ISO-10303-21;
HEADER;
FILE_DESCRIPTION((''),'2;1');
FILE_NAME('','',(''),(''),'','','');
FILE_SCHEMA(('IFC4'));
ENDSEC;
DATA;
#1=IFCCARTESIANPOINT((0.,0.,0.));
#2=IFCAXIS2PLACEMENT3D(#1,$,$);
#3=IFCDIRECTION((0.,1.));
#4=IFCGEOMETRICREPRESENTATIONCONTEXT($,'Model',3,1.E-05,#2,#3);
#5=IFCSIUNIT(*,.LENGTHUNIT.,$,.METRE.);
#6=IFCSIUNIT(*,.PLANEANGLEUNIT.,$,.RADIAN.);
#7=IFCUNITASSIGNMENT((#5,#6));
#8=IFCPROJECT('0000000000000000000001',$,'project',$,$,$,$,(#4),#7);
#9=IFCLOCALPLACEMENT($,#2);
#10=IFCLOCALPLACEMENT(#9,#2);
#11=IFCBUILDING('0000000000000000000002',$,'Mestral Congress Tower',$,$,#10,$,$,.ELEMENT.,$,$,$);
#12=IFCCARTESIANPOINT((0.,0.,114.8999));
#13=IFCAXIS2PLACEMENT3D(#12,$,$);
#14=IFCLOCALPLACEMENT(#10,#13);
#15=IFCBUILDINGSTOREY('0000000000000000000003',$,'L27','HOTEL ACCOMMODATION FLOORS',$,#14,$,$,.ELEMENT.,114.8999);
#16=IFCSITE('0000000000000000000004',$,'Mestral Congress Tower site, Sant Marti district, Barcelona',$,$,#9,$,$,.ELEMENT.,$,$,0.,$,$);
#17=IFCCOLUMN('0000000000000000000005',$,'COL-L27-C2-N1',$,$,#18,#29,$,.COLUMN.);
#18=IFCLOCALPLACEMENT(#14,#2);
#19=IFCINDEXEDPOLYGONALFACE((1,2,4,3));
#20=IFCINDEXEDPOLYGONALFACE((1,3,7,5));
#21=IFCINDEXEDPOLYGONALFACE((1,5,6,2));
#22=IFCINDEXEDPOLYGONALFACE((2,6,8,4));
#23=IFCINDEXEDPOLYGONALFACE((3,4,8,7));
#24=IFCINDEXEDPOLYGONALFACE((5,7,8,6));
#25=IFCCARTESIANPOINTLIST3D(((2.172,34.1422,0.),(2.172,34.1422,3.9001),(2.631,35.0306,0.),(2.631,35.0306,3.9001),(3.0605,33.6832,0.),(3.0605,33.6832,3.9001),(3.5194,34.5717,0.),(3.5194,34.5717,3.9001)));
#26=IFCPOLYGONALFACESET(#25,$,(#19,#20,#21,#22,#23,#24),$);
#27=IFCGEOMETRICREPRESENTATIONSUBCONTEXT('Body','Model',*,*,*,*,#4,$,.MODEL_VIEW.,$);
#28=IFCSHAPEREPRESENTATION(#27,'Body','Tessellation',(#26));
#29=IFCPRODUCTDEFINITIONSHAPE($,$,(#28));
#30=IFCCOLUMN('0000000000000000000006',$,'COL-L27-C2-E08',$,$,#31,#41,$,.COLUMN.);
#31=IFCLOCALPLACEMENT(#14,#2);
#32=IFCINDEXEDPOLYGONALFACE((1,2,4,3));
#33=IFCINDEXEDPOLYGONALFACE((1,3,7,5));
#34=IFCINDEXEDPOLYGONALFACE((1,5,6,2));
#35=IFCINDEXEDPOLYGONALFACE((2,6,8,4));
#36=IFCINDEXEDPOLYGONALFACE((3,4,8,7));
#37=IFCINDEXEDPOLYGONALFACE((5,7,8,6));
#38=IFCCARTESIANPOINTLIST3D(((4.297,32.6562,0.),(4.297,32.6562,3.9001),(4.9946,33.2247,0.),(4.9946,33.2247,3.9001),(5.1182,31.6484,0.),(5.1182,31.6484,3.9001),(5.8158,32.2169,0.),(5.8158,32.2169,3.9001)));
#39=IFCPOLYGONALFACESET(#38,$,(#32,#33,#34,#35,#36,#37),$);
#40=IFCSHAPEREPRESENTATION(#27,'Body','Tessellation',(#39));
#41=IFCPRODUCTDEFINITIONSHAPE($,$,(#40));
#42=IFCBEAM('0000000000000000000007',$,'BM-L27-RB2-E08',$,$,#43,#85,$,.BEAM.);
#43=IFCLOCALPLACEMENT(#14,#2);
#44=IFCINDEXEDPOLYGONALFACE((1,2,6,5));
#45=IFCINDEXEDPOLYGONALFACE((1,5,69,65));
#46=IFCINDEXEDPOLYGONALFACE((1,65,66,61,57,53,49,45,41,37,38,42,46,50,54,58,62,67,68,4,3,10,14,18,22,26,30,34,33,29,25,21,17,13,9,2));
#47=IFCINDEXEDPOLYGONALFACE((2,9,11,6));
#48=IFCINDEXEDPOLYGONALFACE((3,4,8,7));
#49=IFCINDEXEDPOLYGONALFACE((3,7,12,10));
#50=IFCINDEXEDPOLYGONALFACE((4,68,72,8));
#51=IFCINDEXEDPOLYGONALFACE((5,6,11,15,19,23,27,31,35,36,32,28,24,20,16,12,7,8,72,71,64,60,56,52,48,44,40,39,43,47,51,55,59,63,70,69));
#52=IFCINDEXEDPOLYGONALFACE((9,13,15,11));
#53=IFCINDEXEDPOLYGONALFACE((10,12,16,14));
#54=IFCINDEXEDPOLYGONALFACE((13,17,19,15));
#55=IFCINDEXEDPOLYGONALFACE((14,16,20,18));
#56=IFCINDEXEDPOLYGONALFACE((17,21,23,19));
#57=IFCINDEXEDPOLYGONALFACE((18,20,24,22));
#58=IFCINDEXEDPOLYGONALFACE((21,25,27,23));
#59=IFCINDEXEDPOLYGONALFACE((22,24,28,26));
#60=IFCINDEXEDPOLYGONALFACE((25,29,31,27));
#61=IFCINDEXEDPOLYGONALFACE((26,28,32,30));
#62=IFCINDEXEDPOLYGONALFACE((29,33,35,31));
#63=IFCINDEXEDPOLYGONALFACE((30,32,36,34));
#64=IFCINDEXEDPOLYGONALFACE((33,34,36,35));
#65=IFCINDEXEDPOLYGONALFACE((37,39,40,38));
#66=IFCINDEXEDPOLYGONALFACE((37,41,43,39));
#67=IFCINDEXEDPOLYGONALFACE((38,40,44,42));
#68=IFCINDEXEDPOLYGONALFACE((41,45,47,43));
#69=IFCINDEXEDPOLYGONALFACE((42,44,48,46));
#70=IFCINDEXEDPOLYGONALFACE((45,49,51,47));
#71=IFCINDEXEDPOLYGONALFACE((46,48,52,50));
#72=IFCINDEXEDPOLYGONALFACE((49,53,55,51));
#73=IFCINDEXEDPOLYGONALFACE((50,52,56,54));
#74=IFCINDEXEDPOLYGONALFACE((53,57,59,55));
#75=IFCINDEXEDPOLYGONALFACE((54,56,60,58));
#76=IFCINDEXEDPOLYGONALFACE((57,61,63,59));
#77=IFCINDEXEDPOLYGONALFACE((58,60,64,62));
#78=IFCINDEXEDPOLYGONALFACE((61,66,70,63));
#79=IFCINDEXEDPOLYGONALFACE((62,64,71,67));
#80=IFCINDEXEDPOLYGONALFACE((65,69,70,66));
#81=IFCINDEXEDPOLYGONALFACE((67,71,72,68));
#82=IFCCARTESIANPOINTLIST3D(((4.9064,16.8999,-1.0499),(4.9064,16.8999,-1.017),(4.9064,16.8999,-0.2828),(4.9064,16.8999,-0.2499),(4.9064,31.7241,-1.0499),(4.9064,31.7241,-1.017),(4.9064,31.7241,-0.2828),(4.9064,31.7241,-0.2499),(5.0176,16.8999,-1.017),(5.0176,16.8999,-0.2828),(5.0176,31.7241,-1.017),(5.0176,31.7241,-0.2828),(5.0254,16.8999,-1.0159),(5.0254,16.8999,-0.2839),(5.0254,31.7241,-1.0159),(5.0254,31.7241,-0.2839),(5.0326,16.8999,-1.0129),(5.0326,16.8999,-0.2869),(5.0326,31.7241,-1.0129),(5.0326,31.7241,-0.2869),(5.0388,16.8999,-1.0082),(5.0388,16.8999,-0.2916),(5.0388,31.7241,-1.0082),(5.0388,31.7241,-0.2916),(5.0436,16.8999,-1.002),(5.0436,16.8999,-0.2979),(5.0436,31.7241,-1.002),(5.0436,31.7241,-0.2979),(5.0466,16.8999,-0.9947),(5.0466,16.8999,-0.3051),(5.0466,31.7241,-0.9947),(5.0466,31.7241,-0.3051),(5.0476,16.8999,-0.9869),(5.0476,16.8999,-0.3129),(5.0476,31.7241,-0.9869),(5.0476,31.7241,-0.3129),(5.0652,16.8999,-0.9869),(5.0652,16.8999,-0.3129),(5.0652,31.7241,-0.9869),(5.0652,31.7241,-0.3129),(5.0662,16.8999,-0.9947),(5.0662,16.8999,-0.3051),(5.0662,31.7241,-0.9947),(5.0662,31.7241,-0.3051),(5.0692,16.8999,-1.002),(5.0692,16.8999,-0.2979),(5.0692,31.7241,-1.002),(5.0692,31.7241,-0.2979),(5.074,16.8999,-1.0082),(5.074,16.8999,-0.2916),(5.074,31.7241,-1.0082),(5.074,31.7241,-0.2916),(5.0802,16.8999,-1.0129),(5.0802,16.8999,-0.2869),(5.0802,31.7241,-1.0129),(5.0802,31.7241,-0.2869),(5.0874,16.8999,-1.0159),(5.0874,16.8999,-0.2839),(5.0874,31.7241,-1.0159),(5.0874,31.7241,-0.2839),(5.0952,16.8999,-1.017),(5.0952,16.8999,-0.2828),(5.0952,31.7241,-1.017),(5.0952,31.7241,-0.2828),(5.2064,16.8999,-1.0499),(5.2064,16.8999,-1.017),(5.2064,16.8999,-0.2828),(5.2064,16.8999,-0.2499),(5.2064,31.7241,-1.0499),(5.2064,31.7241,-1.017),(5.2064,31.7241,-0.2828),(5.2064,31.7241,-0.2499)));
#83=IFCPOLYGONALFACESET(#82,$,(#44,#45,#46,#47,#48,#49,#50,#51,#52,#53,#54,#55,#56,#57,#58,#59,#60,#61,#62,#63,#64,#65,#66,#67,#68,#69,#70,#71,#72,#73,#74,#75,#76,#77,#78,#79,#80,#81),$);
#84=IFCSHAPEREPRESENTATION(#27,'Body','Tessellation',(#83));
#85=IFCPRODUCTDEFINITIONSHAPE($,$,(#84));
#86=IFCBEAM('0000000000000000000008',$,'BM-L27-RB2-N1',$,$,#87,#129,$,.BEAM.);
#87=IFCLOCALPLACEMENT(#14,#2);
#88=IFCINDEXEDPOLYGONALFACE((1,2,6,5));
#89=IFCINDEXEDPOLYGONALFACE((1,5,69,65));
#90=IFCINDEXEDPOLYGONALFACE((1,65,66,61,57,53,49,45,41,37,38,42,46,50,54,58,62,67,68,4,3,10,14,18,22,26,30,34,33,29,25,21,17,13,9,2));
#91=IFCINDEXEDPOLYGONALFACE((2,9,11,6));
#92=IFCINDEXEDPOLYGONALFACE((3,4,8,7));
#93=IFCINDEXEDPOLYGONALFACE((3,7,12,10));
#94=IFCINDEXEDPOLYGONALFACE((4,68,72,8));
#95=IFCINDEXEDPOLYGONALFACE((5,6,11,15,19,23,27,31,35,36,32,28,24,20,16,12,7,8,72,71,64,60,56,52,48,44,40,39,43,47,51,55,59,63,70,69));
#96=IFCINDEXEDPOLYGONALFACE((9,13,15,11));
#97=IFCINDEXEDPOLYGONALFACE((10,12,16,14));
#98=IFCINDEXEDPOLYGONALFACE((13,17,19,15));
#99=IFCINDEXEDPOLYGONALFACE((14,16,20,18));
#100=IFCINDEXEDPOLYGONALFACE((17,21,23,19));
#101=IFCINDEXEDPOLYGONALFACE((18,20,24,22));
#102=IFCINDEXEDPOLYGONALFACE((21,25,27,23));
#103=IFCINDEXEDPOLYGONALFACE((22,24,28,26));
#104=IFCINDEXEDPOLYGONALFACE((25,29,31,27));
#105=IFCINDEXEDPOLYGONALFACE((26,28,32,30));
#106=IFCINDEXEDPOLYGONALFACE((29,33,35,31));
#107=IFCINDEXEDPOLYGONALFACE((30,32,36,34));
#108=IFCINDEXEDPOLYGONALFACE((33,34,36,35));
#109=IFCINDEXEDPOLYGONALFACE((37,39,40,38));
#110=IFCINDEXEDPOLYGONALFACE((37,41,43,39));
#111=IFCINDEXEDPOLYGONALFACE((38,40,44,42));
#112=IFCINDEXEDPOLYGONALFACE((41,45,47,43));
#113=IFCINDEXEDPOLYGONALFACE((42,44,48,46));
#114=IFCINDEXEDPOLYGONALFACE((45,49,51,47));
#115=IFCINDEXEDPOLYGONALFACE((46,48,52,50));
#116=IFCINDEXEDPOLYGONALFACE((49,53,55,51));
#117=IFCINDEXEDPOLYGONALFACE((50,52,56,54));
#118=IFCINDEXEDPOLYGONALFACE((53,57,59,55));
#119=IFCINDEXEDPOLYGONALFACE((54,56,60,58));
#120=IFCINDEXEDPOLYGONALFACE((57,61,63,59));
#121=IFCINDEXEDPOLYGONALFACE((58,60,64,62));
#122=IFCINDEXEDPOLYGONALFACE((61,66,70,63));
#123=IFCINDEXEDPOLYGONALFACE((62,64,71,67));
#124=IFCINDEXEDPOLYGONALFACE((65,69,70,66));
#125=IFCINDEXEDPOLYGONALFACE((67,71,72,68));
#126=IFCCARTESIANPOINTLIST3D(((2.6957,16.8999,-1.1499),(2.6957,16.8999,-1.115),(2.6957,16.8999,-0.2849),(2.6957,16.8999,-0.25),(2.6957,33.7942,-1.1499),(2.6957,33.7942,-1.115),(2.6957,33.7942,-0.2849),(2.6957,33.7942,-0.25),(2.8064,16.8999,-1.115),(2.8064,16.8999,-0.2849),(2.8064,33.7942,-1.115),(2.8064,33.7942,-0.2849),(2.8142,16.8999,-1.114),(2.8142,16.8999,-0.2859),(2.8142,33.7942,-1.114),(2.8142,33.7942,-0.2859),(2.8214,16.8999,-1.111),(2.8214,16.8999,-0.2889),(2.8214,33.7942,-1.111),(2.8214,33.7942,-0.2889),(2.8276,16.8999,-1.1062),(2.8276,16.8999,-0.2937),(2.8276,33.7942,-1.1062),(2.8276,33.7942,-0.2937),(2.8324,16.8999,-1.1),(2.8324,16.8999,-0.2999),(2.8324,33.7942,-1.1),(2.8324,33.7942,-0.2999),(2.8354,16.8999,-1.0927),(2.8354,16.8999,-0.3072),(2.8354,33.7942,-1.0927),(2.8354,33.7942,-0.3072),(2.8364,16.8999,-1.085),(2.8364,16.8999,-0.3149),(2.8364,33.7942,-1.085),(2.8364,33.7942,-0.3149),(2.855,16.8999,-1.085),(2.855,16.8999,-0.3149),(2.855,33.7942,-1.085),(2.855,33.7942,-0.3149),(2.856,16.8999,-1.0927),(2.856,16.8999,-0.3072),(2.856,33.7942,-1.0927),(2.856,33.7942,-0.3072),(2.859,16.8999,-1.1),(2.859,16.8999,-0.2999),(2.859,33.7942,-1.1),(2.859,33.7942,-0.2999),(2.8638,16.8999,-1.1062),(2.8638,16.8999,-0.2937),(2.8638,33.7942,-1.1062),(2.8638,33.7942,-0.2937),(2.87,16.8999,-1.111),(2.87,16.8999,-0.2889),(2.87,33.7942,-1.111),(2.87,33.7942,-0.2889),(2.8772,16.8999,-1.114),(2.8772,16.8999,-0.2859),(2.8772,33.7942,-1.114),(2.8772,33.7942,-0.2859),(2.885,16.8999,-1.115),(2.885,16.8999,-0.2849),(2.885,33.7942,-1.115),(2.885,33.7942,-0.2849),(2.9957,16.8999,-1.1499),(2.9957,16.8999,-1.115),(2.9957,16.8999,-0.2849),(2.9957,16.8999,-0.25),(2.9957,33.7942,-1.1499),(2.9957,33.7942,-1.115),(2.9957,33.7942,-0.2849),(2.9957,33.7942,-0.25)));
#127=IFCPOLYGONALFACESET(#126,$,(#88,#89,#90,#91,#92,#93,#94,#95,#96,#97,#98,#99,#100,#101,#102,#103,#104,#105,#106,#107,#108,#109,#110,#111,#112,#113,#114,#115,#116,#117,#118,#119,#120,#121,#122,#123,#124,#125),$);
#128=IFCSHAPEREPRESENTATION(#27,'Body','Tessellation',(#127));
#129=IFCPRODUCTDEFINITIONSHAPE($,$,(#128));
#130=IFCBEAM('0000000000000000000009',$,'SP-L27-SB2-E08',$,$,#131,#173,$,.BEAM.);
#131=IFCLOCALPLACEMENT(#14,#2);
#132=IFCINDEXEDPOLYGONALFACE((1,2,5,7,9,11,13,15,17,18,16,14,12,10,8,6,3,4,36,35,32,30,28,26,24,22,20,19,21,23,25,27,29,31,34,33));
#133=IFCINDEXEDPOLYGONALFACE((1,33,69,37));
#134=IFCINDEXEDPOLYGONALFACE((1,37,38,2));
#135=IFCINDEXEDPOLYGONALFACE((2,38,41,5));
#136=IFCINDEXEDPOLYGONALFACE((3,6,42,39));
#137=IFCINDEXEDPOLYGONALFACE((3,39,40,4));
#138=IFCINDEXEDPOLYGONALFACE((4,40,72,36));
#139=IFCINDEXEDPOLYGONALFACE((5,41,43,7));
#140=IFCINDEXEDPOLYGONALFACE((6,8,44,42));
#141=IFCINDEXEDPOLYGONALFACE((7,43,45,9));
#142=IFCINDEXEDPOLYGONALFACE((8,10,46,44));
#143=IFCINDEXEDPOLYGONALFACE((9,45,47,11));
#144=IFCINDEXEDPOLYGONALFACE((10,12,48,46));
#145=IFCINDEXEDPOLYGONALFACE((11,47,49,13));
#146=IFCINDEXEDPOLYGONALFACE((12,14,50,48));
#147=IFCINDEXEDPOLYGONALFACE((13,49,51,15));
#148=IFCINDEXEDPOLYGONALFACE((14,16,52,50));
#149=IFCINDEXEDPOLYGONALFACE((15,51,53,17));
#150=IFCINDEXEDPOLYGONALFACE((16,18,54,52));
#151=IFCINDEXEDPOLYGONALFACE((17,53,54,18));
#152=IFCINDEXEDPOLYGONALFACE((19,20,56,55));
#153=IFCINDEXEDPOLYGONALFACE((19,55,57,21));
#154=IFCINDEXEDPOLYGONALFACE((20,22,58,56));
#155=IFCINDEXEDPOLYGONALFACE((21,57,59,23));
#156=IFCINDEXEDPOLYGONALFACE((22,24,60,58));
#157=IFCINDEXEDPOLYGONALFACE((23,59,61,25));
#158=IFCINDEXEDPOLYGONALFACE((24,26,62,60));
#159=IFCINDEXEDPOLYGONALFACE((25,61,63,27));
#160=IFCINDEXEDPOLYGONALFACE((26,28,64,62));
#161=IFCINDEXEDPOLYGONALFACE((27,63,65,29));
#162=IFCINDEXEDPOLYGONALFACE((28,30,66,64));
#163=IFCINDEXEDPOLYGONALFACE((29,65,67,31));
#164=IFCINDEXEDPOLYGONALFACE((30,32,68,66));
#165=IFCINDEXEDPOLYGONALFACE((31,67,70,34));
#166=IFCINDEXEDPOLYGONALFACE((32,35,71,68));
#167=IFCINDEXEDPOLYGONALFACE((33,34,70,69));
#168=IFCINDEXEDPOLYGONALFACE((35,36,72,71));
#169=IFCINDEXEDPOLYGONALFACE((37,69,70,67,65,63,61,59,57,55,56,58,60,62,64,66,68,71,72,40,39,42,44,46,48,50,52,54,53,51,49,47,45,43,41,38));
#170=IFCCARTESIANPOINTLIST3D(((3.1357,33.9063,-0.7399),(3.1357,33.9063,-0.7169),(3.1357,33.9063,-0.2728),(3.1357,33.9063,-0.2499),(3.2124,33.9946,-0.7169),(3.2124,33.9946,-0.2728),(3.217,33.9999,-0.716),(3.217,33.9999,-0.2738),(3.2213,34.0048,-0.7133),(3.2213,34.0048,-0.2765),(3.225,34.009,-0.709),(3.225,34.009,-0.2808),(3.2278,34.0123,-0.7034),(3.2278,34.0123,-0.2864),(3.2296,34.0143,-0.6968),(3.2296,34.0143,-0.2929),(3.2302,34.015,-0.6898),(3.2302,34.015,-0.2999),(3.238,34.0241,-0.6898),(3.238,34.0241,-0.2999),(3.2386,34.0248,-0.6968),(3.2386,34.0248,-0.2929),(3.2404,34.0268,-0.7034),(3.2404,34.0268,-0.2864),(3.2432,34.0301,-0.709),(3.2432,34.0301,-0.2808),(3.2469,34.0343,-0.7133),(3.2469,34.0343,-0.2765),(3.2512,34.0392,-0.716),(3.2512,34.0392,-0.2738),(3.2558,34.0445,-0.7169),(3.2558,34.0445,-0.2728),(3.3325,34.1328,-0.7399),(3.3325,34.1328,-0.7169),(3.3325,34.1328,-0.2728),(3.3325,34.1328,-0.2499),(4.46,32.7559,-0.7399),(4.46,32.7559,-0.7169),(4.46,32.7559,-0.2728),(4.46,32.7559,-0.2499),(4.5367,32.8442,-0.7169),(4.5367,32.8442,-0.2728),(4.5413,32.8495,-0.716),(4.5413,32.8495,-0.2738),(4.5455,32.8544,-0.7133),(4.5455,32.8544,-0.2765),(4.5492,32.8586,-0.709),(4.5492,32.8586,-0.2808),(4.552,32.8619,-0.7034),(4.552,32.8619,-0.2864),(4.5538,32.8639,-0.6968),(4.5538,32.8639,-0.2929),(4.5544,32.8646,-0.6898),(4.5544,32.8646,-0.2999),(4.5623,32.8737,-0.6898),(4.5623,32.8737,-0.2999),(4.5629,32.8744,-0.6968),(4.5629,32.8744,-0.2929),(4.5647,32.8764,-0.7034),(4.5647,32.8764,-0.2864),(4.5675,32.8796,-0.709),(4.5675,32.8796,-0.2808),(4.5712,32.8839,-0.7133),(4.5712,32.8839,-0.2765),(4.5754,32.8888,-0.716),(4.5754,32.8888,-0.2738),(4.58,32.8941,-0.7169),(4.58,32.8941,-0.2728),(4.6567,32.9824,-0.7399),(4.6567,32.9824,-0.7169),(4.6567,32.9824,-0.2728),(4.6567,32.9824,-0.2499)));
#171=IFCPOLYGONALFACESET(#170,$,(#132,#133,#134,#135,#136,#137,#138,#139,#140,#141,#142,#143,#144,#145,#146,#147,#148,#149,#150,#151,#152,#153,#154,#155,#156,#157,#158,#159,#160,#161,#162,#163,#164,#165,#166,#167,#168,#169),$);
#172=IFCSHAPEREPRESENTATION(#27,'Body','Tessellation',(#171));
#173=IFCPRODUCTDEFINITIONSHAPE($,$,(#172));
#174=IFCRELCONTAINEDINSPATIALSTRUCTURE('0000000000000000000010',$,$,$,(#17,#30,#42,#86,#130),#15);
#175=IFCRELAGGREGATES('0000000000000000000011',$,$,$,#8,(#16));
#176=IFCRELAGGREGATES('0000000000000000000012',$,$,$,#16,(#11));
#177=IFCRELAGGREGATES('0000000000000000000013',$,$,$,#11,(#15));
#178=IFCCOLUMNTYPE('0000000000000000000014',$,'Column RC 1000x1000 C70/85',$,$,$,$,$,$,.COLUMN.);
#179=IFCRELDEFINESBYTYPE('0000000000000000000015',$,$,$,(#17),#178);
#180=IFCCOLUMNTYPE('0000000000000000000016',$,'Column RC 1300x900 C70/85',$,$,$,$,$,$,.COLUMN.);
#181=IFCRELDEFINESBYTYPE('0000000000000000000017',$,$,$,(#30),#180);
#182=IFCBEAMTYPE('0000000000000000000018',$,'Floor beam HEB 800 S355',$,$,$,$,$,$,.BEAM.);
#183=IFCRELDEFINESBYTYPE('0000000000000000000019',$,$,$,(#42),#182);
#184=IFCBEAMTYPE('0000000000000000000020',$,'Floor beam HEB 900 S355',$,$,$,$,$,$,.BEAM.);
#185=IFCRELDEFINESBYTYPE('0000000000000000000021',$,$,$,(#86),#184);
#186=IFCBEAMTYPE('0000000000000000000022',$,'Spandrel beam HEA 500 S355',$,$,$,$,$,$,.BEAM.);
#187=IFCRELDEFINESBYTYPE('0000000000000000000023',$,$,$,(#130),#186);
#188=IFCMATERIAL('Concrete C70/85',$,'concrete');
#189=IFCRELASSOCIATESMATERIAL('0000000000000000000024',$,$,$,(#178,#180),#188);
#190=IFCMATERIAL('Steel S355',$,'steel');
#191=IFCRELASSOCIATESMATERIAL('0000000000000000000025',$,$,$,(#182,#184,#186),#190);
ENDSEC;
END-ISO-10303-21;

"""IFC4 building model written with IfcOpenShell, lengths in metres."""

from ifc_helpers import new_model, si_unit, direction, frame, origin, origin_2d, place, context, subcontext, project, spatial, rectangle, i_section, extrude, material, material_profile, profile_set, type_object, element, save


model = new_model("IFC4")

# Units and contexts
model_context = context("Model", 3, precision=1e-05, world=origin(), true_north=direction((0.0, 1.0)))
body_context = subcontext(model_context, "Body", "Model", "MODEL_VIEW")
ifc_project = project(units=[si_unit("LENGTHUNIT", "METRE"), si_unit("PLANEANGLEUNIT", "RADIAN")], contexts=[model_context])

# Site, building, storey
site_placement = place(None, origin())
site = spatial("IfcSite", under=ifc_project, at=site_placement, Name="Mestral Congress Tower site, Sant Marti district, Barcelona", CompositionType="ELEMENT", RefElevation=0.0)
building_placement = place(site_placement, origin())
building = spatial("IfcBuilding", under=site, at=building_placement, Name="Mestral Congress Tower", CompositionType="ELEMENT")
storey_placement = place(building_placement, frame((0.0, 0.0, 114.8999)))
storey = spatial("IfcBuildingStorey", under=building, at=storey_placement, Name="L27", Description="HOTEL ACCOMMODATION FLOORS", CompositionType="ELEMENT", Elevation=114.8999)

# Columns
ifc_material_1 = material(Name="Concrete C70/85", Category="concrete")
ifc_material_profile_1 = material_profile(ifc_material_1, rectangle(XDim=1.0, YDim=1.0, at=origin_2d()), Name="RC 1000x1000")
ifc_profile_set_1 = profile_set([ifc_material_profile_1], Name="Concrete C70/85")
column_type_1 = type_object("IfcColumnType", Name="Column RC 1000x1000 C70/85", PredefinedType="COLUMN", material=ifc_profile_set_1)
column_1_placement = place(storey_placement, frame((2.8457, 34.3569, 0.0), z_axis=(0.0, 0.0, 1.0), x_axis=(-0.888456, 0.458961, 0.0)))
element("IfcColumn", 1, at=column_1_placement, inside=storey, type_object=column_type_1, Name="COL-L27-C2-N1", PredefinedType="COLUMN", context=body_context, shape_type="SweptSolid", body=[
    extrude(rectangle(XDim=1.0, YDim=1.0, at=origin_2d()), origin(), (0.0, 0.0, 1.0), 3.9001),
])
ifc_material_profile_2 = material_profile(ifc_material_1, rectangle(XDim=1.3, YDim=0.8999, at=origin_2d()), Name="RC 1300x900")
ifc_profile_set_2 = profile_set([ifc_material_profile_2], Name="Concrete C70/85")
column_type_2 = type_object("IfcColumnType", Name="Column RC 1300x900 C70/85", PredefinedType="COLUMN", material=ifc_profile_set_2)
column_2_placement = place(storey_placement, frame((5.0564, 32.4365, 0.0), z_axis=(0.0, 0.0, 1.0), x_axis=(-0.631709, 0.775206, 0.0)))
element("IfcColumn", 2, at=column_2_placement, inside=storey, type_object=column_type_2, Name="COL-L27-C2-E08", PredefinedType="COLUMN", context=body_context, shape_type="SweptSolid", body=[
    extrude(rectangle(XDim=1.3, YDim=0.8999, at=origin_2d()), origin(), (0.0, 0.0, 1.0), 3.9001),
])

# Beams
ifc_material_2 = material(Name="Steel S355", Category="steel")
ifc_material_profile_3 = material_profile(ifc_material_2, i_section(OverallWidth=0.3, OverallDepth=0.8, WebThickness=0.0176, FlangeThickness=0.033, FilletRadius=0.03, at=origin_2d()), Name="HEB 800")
ifc_profile_set_3 = profile_set([ifc_material_profile_3], Name="Steel S355")
beam_type_1 = type_object("IfcBeamType", Name="Floor beam HEB 800 S355", PredefinedType="BEAM", material=ifc_profile_set_3)
beam_1_placement = place(storey_placement, frame((5.0564, 31.7241, -0.6499), z_axis=(0.0, -1.0, 0.0), x_axis=(1.0, 0.0, 0.0)))
element("IfcBeam", 3, at=beam_1_placement, inside=storey, type_object=beam_type_1, Name="BM-L27-RB2-E08", PredefinedType="BEAM", context=body_context, shape_type="SweptSolid", body=[
    extrude(i_section(OverallWidth=0.3, OverallDepth=0.8, WebThickness=0.0176, FlangeThickness=0.033, FilletRadius=0.03, at=origin_2d()), origin(), (0.0, 0.0, 1.0), 14.8242),
])
ifc_material_profile_4 = material_profile(ifc_material_2, i_section(OverallWidth=0.3, OverallDepth=0.8999, WebThickness=0.0186, FlangeThickness=0.0349, FilletRadius=0.03, at=origin_2d()), Name="HEB 900")
ifc_profile_set_4 = profile_set([ifc_material_profile_4], Name="Steel S355")
beam_type_2 = type_object("IfcBeamType", Name="Floor beam HEB 900 S355", PredefinedType="BEAM", material=ifc_profile_set_4)
beam_2_placement = place(storey_placement, frame((2.8457, 33.7942, -0.7), z_axis=(0.0, -1.0, 0.0), x_axis=(1.0, 0.0, 0.0)))
element("IfcBeam", 4, at=beam_2_placement, inside=storey, type_object=beam_type_2, Name="BM-L27-RB2-N1", PredefinedType="BEAM", context=body_context, shape_type="SweptSolid", body=[
    extrude(i_section(OverallWidth=0.3, OverallDepth=0.8999, WebThickness=0.0186, FlangeThickness=0.0349, FilletRadius=0.03, at=origin_2d()), origin(), (0.0, 0.0, 1.0), 16.8943),
])
ifc_material_profile_5 = material_profile(ifc_material_2, i_section(OverallWidth=0.3, OverallDepth=0.49, WebThickness=0.012, FlangeThickness=0.0229, FilletRadius=0.0271, at=origin_2d()), Name="HEA 500")
ifc_profile_set_5 = profile_set([ifc_material_profile_5], Name="Steel S355")
beam_type_3 = type_object("IfcBeamType", Name="Spandrel beam HEA 500 S355", PredefinedType="BEAM", material=ifc_profile_set_5)
beam_3_placement = place(storey_placement, frame((4.5583, 32.8691, -0.4949), z_axis=(-0.754917, 0.65582, 0.0), x_axis=(-0.65582, -0.754917, 0.0)))
element("IfcBeam", 5, at=beam_3_placement, inside=storey, type_object=beam_type_3, Name="SP-L27-SB2-E08", PredefinedType="BEAM", context=body_context, shape_type="SweptSolid", body=[
    extrude(i_section(OverallWidth=0.3, OverallDepth=0.49, WebThickness=0.012, FlangeThickness=0.0229, FilletRadius=0.0271, at=origin_2d()), origin(), (0.0, 0.0, 1.0), 1.7542),
])

save(model, "model.ifc")
